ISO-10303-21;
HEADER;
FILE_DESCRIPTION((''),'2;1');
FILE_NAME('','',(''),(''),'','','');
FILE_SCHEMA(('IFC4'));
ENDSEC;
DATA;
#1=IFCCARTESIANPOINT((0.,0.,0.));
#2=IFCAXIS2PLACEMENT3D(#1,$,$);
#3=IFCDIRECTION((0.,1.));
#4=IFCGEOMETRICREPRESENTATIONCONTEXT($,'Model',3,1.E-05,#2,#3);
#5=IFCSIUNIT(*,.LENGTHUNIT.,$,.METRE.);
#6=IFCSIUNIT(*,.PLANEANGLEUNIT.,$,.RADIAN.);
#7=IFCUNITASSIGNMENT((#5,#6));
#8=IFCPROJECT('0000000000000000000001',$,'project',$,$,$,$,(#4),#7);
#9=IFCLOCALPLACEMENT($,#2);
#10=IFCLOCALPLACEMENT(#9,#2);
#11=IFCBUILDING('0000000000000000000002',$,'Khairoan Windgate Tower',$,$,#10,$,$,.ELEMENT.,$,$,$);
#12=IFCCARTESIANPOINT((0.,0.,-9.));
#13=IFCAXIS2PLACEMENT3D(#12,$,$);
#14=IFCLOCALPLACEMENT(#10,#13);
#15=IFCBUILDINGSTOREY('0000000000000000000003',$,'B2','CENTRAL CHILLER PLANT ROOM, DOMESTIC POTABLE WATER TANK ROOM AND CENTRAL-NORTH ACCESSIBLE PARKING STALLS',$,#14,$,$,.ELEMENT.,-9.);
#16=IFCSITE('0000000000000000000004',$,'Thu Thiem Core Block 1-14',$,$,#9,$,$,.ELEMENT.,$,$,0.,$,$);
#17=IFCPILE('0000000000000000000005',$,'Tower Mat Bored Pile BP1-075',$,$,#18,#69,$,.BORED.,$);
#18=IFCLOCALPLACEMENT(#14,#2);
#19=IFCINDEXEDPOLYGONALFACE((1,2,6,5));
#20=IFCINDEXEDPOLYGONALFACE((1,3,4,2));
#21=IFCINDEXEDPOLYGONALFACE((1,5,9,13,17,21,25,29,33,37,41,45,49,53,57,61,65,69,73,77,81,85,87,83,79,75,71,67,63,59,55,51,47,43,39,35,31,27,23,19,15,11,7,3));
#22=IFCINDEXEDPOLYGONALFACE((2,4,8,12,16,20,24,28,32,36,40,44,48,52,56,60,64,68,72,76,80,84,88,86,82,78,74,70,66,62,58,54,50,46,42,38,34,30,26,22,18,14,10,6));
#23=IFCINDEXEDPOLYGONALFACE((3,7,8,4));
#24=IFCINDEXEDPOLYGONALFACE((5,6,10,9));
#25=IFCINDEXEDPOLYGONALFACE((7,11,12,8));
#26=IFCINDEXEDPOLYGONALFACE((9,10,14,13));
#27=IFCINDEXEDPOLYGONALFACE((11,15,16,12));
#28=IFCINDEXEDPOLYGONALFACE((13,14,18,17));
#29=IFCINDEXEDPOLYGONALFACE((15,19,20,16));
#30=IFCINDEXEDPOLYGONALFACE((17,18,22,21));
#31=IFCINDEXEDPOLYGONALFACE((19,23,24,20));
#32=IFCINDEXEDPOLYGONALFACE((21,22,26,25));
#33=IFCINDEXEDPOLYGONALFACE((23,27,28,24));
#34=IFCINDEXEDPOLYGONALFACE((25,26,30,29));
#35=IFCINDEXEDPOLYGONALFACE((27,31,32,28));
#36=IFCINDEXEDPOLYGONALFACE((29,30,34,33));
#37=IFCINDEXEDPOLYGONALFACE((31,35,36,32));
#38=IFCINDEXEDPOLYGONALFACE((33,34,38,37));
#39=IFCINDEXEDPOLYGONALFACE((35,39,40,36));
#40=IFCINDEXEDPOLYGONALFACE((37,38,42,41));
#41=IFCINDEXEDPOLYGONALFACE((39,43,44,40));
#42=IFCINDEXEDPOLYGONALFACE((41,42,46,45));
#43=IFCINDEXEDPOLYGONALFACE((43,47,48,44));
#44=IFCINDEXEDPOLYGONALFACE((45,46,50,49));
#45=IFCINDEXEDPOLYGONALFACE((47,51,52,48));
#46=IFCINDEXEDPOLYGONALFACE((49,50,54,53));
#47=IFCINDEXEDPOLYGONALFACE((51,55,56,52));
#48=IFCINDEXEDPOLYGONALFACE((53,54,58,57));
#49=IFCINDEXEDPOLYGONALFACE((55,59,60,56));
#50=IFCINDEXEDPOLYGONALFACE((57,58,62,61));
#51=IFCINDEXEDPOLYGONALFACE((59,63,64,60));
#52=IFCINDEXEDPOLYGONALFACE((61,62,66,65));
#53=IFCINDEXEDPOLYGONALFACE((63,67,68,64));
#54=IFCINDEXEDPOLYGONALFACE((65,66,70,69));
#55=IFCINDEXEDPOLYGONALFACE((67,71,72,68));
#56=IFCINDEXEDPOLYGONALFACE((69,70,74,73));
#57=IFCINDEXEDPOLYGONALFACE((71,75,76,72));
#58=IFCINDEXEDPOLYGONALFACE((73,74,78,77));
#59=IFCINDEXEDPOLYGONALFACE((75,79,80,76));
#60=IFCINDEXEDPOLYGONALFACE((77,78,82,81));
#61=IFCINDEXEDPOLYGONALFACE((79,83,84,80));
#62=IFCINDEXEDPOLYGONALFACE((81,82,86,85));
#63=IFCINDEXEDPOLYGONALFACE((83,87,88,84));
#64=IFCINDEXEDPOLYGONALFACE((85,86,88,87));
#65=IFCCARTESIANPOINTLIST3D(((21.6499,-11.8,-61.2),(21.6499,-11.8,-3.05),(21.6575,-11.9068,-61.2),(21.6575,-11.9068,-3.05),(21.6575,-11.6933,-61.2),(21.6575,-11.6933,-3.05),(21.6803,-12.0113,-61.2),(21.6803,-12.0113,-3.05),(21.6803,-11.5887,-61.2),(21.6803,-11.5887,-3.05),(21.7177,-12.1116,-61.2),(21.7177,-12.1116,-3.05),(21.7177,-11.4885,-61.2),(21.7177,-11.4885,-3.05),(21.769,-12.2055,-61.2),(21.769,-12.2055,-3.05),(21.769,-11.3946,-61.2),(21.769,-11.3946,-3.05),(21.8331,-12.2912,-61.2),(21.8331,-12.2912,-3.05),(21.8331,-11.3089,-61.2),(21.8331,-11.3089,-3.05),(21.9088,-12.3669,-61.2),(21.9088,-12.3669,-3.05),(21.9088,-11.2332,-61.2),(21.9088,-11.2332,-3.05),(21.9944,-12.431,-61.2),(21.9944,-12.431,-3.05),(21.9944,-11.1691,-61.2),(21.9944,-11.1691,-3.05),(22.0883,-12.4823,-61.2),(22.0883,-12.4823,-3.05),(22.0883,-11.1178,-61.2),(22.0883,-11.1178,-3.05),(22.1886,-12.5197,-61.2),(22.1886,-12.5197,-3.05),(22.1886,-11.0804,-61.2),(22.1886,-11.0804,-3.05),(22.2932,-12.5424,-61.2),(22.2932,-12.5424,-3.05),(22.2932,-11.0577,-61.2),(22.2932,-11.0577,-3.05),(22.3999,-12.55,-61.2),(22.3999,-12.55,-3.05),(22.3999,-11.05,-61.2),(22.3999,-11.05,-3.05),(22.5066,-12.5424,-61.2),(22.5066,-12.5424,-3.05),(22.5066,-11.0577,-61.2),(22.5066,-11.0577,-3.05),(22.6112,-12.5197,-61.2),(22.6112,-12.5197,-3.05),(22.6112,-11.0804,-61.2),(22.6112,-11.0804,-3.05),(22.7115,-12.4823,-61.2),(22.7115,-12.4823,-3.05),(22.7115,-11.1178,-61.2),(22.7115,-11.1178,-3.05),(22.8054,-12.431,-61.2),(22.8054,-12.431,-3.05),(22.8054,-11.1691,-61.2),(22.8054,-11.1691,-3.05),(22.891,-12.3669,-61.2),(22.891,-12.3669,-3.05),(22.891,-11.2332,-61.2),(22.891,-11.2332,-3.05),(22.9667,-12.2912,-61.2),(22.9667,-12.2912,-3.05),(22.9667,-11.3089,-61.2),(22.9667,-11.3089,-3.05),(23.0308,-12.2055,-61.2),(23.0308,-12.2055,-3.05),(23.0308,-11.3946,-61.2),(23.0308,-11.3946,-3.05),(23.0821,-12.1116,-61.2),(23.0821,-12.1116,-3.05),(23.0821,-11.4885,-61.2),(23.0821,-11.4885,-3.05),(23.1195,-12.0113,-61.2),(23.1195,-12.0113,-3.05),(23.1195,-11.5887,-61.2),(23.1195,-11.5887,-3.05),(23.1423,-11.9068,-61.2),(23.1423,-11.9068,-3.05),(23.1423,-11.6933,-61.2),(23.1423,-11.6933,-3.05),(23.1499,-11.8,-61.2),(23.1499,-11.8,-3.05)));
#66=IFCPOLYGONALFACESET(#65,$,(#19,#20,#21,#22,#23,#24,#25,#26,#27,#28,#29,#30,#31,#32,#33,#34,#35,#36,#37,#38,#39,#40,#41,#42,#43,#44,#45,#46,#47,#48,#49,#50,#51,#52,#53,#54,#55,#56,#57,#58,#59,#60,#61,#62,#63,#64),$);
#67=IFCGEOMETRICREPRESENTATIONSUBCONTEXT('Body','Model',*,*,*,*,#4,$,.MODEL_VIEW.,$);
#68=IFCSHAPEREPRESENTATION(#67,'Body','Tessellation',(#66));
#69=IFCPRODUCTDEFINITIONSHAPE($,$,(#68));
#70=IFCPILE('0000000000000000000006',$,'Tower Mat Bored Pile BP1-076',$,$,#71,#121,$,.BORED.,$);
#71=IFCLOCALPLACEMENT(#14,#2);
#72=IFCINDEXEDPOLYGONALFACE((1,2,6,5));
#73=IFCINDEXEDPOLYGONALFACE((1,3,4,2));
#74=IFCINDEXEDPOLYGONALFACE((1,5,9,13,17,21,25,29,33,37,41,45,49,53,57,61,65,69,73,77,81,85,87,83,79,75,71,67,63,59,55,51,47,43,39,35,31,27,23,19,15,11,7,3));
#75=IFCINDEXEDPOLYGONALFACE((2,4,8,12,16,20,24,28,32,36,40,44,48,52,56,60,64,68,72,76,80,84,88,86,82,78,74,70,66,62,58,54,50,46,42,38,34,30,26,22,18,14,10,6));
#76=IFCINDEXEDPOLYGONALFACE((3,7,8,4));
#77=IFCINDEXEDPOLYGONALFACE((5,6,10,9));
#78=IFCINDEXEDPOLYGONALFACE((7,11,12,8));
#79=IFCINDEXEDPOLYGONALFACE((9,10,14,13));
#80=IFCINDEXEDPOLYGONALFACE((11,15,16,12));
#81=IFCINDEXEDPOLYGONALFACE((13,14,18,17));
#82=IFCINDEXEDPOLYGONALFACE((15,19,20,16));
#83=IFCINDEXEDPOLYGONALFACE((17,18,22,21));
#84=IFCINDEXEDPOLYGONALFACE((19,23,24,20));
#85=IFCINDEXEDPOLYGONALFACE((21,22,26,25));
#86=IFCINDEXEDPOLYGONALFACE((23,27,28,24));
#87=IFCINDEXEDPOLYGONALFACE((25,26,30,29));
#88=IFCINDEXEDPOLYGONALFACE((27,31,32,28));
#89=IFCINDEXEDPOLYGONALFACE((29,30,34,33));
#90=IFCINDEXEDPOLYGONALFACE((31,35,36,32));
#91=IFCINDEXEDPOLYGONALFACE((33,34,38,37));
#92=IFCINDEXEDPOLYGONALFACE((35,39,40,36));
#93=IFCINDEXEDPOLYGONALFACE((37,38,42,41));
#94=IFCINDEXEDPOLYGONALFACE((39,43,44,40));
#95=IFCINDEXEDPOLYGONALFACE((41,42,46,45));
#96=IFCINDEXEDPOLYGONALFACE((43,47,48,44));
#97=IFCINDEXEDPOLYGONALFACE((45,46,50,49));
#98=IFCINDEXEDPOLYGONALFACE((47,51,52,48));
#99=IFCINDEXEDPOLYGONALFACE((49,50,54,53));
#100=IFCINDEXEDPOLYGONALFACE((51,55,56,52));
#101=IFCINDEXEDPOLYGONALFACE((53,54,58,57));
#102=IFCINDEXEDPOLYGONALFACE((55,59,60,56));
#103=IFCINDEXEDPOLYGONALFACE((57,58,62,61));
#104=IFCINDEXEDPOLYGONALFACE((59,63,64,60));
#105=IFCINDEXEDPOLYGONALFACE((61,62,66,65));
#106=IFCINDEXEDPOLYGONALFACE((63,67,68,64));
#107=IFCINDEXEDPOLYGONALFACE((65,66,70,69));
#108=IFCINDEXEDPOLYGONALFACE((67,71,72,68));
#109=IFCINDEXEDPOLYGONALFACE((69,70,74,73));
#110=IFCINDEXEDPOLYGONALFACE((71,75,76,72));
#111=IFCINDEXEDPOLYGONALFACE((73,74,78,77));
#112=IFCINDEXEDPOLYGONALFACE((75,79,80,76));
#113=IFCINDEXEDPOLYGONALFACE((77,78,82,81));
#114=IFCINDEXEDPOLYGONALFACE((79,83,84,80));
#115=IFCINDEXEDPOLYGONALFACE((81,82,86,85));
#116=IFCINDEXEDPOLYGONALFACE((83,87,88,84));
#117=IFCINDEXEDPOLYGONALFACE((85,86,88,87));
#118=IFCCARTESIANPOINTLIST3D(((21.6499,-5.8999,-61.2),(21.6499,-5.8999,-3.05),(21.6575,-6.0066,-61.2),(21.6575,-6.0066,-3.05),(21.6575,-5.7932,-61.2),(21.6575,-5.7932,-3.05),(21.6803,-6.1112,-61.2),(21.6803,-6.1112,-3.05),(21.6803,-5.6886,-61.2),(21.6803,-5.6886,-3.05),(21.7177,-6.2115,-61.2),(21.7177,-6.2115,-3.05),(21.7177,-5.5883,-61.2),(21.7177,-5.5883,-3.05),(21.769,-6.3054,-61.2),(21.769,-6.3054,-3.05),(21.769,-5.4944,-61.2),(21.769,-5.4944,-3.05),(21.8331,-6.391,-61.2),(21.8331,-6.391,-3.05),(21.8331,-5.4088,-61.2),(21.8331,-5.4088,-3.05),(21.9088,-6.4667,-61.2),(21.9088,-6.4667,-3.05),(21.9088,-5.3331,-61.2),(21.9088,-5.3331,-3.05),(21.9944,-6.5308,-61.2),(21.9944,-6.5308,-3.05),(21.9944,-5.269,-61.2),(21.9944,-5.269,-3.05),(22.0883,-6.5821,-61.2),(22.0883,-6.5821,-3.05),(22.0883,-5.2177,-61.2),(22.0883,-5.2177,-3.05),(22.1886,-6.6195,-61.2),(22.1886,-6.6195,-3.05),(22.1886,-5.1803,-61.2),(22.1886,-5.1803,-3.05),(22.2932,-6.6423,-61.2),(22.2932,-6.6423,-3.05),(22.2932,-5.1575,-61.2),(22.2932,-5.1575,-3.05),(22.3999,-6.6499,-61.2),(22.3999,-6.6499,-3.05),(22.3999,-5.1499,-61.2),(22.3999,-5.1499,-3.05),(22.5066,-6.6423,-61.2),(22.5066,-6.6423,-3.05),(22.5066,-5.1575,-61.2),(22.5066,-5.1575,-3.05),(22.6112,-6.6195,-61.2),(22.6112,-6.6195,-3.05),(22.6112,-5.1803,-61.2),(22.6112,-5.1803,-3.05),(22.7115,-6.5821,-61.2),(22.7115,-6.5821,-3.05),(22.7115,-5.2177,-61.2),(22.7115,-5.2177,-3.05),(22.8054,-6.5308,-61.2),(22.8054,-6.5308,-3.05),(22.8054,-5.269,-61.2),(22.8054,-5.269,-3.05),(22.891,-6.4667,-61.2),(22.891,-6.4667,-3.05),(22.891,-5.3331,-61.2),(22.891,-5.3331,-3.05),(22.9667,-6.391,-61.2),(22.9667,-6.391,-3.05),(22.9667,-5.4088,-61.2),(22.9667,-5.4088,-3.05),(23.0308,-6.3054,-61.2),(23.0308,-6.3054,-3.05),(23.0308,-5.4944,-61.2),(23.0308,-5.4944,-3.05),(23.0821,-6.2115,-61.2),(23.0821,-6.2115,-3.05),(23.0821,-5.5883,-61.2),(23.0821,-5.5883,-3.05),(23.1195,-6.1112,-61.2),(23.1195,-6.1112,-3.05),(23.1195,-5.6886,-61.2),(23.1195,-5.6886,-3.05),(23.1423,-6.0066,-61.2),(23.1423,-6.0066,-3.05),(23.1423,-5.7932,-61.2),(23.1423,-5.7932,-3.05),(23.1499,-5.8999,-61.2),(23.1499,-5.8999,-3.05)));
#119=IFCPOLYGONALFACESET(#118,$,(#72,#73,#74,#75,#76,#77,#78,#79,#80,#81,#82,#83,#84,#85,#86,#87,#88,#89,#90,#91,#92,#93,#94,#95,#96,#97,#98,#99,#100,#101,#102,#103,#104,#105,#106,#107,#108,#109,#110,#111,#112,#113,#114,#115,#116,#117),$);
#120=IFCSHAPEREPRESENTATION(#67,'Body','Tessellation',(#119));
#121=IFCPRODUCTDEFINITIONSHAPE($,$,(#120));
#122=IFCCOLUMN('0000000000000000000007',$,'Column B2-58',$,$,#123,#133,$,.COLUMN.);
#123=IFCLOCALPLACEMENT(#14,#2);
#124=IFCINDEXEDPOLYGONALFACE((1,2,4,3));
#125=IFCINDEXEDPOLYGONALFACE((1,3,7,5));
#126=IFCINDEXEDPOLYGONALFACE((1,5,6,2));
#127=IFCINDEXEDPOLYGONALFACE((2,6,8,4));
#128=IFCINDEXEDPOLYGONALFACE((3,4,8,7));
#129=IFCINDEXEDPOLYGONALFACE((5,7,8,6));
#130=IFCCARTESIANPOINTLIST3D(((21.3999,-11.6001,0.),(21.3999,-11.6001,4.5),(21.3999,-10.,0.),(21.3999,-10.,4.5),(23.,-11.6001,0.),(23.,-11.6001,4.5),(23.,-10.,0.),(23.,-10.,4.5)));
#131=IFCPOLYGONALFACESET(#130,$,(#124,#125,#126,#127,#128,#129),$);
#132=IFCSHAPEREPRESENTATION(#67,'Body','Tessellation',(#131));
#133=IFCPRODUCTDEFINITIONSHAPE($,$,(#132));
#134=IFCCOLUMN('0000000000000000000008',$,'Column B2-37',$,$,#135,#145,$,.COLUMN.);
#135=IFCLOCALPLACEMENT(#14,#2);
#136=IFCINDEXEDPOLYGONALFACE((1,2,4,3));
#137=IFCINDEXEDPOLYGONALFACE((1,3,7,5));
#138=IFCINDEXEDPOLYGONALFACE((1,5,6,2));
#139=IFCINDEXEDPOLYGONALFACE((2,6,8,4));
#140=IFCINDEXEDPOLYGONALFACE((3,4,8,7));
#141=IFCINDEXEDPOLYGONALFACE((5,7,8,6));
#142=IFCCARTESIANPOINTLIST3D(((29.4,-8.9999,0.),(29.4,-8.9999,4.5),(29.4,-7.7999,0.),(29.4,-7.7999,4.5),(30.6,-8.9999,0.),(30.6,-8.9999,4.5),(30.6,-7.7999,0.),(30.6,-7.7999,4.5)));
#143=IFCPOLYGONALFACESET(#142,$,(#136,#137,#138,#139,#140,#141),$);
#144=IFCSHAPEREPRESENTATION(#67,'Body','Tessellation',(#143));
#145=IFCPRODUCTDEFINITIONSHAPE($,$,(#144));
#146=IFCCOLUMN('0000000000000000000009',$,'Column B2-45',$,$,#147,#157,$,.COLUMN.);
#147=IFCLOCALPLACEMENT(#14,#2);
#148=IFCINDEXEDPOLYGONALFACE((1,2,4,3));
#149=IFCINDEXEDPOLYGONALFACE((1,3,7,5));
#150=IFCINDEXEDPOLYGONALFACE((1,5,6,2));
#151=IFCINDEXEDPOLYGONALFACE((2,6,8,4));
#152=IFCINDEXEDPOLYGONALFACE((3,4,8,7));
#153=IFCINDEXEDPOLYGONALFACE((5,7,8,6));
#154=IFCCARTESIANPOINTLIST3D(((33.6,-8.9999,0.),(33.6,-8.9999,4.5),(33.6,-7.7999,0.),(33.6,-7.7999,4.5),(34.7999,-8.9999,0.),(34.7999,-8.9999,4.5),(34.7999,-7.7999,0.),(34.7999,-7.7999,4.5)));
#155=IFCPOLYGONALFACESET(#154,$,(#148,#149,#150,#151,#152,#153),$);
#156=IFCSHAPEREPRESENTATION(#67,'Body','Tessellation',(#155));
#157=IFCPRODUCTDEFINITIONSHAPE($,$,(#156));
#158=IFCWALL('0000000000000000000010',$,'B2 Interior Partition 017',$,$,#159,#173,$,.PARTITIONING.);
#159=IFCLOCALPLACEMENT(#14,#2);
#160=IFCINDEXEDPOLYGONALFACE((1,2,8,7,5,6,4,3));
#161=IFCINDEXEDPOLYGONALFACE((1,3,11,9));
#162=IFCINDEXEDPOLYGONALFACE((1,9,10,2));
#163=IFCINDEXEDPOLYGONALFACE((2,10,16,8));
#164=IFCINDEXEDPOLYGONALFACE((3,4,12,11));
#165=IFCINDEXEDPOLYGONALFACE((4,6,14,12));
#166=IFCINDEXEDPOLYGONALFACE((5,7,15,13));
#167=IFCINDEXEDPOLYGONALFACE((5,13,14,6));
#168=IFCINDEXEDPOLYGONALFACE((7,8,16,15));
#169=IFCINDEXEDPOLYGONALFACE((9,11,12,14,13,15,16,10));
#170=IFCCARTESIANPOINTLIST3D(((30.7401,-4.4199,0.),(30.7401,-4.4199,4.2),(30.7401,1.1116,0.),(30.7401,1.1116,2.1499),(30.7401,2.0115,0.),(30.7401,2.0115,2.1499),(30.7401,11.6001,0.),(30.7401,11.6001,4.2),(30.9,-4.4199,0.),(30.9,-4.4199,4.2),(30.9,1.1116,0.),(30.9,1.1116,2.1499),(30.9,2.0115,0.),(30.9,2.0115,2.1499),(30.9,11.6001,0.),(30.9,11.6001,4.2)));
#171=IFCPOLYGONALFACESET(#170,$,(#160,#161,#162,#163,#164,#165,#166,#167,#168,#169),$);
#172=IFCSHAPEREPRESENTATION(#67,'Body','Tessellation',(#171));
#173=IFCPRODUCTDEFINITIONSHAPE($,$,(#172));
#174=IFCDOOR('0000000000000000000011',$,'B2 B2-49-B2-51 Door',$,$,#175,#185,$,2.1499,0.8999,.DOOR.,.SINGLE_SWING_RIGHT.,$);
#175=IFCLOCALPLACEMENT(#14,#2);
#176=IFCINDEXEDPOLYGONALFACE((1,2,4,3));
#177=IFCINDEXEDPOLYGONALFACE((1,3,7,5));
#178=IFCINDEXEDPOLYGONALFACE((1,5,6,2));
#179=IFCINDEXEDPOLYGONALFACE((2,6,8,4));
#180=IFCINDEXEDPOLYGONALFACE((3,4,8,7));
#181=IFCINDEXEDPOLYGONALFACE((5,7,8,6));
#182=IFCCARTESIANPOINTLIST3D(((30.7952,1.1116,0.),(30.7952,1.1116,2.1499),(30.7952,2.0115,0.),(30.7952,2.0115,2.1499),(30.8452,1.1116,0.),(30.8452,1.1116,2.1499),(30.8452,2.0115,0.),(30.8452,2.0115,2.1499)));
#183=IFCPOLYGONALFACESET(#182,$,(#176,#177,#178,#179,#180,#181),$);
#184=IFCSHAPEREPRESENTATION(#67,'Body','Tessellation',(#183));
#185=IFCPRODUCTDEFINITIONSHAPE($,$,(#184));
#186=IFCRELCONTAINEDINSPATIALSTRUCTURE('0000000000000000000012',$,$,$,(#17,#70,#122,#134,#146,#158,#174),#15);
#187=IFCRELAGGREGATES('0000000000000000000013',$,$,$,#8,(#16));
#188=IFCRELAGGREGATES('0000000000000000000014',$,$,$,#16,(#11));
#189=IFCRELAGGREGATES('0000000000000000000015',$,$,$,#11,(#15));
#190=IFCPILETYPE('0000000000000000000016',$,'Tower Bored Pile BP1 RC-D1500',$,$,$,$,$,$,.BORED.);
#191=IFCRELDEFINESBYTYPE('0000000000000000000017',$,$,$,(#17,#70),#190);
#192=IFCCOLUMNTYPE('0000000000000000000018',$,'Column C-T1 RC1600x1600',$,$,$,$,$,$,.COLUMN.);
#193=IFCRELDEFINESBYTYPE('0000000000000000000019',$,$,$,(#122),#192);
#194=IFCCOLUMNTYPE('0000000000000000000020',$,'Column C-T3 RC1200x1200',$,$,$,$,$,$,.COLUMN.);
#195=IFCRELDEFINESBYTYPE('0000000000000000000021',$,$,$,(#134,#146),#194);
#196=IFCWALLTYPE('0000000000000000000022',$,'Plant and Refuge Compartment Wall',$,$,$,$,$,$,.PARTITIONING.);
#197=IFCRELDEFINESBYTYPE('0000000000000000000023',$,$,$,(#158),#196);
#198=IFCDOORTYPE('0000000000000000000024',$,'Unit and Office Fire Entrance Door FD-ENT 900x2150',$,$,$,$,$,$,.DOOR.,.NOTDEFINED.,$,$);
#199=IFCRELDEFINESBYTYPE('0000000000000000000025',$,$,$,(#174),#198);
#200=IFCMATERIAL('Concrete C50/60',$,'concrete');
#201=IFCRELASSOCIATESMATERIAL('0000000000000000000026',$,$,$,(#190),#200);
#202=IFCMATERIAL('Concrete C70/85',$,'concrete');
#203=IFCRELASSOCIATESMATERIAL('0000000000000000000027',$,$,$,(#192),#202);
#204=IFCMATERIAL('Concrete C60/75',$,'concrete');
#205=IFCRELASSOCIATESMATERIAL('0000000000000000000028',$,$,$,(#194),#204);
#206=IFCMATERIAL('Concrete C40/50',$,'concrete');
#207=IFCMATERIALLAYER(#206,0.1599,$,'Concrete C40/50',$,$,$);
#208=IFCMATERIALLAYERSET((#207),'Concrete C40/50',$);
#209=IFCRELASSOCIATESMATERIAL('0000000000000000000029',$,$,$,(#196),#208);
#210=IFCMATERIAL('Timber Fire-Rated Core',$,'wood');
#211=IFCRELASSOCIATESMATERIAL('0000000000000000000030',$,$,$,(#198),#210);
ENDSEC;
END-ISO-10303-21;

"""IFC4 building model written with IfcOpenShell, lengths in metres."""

from ifc_helpers import new_model, si_unit, direction, frame, frame_2d, origin, origin_2d, place, context, subcontext, project, spatial, rectangle, circle, extrude, material, layer, layer_set, material_profile, profile_set, type_object, element, fill, save


model = new_model("IFC4")

# Units and contexts
model_context = context("Model", 3, precision=1e-05, world=origin(), true_north=direction((0.0, 1.0)))
body_context = subcontext(model_context, "Body", "Model", "MODEL_VIEW")
ifc_project = project(units=[si_unit("LENGTHUNIT", "METRE"), si_unit("PLANEANGLEUNIT", "RADIAN")], contexts=[model_context])

# Site, building, storey
site_placement = place(None, origin())
site = spatial("IfcSite", under=ifc_project, at=site_placement, Name="Thu Thiem Core Block 1-14", CompositionType="ELEMENT", RefElevation=0.0)
building_placement = place(site_placement, origin())
building = spatial("IfcBuilding", under=site, at=building_placement, Name="Khairoan Windgate Tower", CompositionType="ELEMENT")
storey_placement = place(building_placement, frame((0.0, 0.0, -9.0)))
storey = spatial("IfcBuildingStorey", under=building, at=storey_placement, Name="B2", Description="CENTRAL CHILLER PLANT ROOM, DOMESTIC POTABLE WATER TANK ROOM AND CENTRAL-NORTH ACCESSIBLE PARKING STALLS", CompositionType="ELEMENT", Elevation=-9.0)

# Piles
ifc_material_1 = material(Name="Concrete C50/60", Category="concrete")
ifc_material_profile_1 = material_profile(ifc_material_1, circle(Radius=0.75, at=origin_2d()))
ifc_profile_set_1 = profile_set([ifc_material_profile_1], Name="Concrete C50/60")
pile_type_1 = type_object("IfcPileType", Name="Tower Bored Pile BP1 RC-D1500", PredefinedType="BORED", material=ifc_profile_set_1)
for number, where, z_axis, x_axis, name in (
    (1, (22.3999, -11.8, -3.05), (0.0, 0.0, -1.0), (1.0, 0.0, 0.0), "Tower Mat Bored Pile BP1-075"),
    (2, (22.3999, -5.8999, -3.05), (0.0, 0.0, -1.0), (1.0, 0.0, 0.0), "Tower Mat Bored Pile BP1-076"),
):
    element("IfcPile", number, at=place(storey_placement, frame(where, z_axis=z_axis, x_axis=x_axis)), inside=storey, type_object=pile_type_1, Name=name, PredefinedType="BORED", context=body_context, shape_type="SweptSolid", body=[
        extrude(circle(Radius=0.75, at=origin_2d()), origin(), (0.0, 0.0, 1.0), 58.1499),
    ])

# Columns
ifc_material_2 = material(Name="Concrete C70/85", Category="concrete")
ifc_material_profile_2 = material_profile(ifc_material_2, rectangle(XDim=1.6001, YDim=1.6001, at=origin_2d()))
ifc_profile_set_2 = profile_set([ifc_material_profile_2], Name="Concrete C70/85")
column_type_1 = type_object("IfcColumnType", Name="Column C-T1 RC1600x1600", PredefinedType="COLUMN", material=ifc_profile_set_2)
column_placement = place(storey_placement, frame((22.2, -10.8, 0.0), z_axis=(0.0, 0.0, 1.0), x_axis=(1.0, 0.0, 0.0)))
element("IfcColumn", 3, at=column_placement, inside=storey, type_object=column_type_1, Name="Column B2-58", PredefinedType="COLUMN", context=body_context, shape_type="SweptSolid", body=[
    extrude(rectangle(XDim=1.6001, YDim=1.6001, at=origin_2d()), origin(), (0.0, 0.0, 1.0), 4.5),
])
ifc_material_3 = material(Name="Concrete C60/75", Category="concrete")
ifc_material_profile_3 = material_profile(ifc_material_3, rectangle(XDim=1.2, YDim=1.2, at=origin_2d()))
ifc_profile_set_3 = profile_set([ifc_material_profile_3], Name="Concrete C60/75")
column_type_2 = type_object("IfcColumnType", Name="Column C-T3 RC1200x1200", PredefinedType="COLUMN", material=ifc_profile_set_3)
for number, where, z_axis, x_axis, name in (
    (4, (30.0, -8.3999, 0.0), (0.0, 0.0, 1.0), (1.0, 0.0, 0.0), "Column B2-37"),
    (5, (34.2, -8.3999, 0.0), (0.0, 0.0, 1.0), (1.0, 0.0, 0.0), "Column B2-45"),
):
    element("IfcColumn", number, at=place(storey_placement, frame(where, z_axis=z_axis, x_axis=x_axis)), inside=storey, type_object=column_type_2, Name=name, PredefinedType="COLUMN", context=body_context, shape_type="SweptSolid", body=[
        extrude(rectangle(XDim=1.2, YDim=1.2, at=origin_2d()), origin(), (0.0, 0.0, 1.0), 4.5),
    ])

# Wall, opening, door
ifc_material_4 = material(Name="Concrete C40/50", Category="concrete")
ifc_layer_1 = layer(ifc_material_4, 0.1599, Name="Concrete C40/50")
ifc_layer_set_1 = layer_set([ifc_layer_1], Name="Concrete C40/50")
wall_type_1 = type_object("IfcWallType", Name="Plant and Refuge Compartment Wall", PredefinedType="PARTITIONING", material=ifc_layer_set_1)
ifc_material_5 = material(Name="Timber Fire-Rated Core", Category="wood")
door_type_1 = type_object("IfcDoorType", Name="Unit and Office Fire Entrance Door FD-ENT 900x2150", OperationType="NOTDEFINED", PredefinedType="DOOR", material=ifc_material_5)
wall_1_placement = place(storey_placement, frame((30.8201, -4.4199, 0.0), z_axis=(0.0, 0.0, 1.0), x_axis=(0.0, 1.0, 0.0)))
wall_1 = element("IfcWall", 6, at=wall_1_placement, inside=storey, type_object=wall_type_1, Name="B2 Interior Partition 017", PredefinedType="PARTITIONING", context=body_context, shape_type="SweptSolid", body=[
    extrude(rectangle(XDim=16.02, YDim=0.1599, at=frame_2d((8.01, 0.0))), origin(), (0.0, 0.0, 1.0), 4.2),
])
opening_1_placement = place(wall_1_placement, frame((5.5315, 0.0, 0.0)))
opening_1 = element("IfcOpeningElement", 7, at=opening_1_placement, cuts=wall_1, PredefinedType="OPENING", context=body_context, shape_type="SweptSolid", body=[
    extrude(rectangle(XDim=0.8999, YDim=2.1499, at=frame_2d((0.45, 1.075))), frame((0.0, 0.0898, 0.0), z_axis=(0.0, -1.0, 0.0), x_axis=(1.0, 0.0, 0.0)), (0.0, 0.0, 1.0), 0.1799),
])
door_1_placement = place(opening_1_placement, origin())
door_1 = element("IfcDoor", 8, at=door_1_placement, inside=storey, type_object=door_type_1, Name="B2 B2-49-B2-51 Door", OperationType="SINGLE_SWING_RIGHT", OverallHeight=2.1499, OverallWidth=0.8999, PredefinedType="DOOR", context=body_context, shape_type="SweptSolid", body=[
    extrude(rectangle(XDim=0.8999, YDim=2.1499, at=frame_2d((0.45, 1.075))), frame((0.0, 0.0249, 0.0), z_axis=(0.0, -1.0, 0.0), x_axis=(1.0, 0.0, 0.0)), (0.0, 0.0, 1.0), 0.05),
])
fill(opening_1, door_1)

save(model, "model.ifc")
